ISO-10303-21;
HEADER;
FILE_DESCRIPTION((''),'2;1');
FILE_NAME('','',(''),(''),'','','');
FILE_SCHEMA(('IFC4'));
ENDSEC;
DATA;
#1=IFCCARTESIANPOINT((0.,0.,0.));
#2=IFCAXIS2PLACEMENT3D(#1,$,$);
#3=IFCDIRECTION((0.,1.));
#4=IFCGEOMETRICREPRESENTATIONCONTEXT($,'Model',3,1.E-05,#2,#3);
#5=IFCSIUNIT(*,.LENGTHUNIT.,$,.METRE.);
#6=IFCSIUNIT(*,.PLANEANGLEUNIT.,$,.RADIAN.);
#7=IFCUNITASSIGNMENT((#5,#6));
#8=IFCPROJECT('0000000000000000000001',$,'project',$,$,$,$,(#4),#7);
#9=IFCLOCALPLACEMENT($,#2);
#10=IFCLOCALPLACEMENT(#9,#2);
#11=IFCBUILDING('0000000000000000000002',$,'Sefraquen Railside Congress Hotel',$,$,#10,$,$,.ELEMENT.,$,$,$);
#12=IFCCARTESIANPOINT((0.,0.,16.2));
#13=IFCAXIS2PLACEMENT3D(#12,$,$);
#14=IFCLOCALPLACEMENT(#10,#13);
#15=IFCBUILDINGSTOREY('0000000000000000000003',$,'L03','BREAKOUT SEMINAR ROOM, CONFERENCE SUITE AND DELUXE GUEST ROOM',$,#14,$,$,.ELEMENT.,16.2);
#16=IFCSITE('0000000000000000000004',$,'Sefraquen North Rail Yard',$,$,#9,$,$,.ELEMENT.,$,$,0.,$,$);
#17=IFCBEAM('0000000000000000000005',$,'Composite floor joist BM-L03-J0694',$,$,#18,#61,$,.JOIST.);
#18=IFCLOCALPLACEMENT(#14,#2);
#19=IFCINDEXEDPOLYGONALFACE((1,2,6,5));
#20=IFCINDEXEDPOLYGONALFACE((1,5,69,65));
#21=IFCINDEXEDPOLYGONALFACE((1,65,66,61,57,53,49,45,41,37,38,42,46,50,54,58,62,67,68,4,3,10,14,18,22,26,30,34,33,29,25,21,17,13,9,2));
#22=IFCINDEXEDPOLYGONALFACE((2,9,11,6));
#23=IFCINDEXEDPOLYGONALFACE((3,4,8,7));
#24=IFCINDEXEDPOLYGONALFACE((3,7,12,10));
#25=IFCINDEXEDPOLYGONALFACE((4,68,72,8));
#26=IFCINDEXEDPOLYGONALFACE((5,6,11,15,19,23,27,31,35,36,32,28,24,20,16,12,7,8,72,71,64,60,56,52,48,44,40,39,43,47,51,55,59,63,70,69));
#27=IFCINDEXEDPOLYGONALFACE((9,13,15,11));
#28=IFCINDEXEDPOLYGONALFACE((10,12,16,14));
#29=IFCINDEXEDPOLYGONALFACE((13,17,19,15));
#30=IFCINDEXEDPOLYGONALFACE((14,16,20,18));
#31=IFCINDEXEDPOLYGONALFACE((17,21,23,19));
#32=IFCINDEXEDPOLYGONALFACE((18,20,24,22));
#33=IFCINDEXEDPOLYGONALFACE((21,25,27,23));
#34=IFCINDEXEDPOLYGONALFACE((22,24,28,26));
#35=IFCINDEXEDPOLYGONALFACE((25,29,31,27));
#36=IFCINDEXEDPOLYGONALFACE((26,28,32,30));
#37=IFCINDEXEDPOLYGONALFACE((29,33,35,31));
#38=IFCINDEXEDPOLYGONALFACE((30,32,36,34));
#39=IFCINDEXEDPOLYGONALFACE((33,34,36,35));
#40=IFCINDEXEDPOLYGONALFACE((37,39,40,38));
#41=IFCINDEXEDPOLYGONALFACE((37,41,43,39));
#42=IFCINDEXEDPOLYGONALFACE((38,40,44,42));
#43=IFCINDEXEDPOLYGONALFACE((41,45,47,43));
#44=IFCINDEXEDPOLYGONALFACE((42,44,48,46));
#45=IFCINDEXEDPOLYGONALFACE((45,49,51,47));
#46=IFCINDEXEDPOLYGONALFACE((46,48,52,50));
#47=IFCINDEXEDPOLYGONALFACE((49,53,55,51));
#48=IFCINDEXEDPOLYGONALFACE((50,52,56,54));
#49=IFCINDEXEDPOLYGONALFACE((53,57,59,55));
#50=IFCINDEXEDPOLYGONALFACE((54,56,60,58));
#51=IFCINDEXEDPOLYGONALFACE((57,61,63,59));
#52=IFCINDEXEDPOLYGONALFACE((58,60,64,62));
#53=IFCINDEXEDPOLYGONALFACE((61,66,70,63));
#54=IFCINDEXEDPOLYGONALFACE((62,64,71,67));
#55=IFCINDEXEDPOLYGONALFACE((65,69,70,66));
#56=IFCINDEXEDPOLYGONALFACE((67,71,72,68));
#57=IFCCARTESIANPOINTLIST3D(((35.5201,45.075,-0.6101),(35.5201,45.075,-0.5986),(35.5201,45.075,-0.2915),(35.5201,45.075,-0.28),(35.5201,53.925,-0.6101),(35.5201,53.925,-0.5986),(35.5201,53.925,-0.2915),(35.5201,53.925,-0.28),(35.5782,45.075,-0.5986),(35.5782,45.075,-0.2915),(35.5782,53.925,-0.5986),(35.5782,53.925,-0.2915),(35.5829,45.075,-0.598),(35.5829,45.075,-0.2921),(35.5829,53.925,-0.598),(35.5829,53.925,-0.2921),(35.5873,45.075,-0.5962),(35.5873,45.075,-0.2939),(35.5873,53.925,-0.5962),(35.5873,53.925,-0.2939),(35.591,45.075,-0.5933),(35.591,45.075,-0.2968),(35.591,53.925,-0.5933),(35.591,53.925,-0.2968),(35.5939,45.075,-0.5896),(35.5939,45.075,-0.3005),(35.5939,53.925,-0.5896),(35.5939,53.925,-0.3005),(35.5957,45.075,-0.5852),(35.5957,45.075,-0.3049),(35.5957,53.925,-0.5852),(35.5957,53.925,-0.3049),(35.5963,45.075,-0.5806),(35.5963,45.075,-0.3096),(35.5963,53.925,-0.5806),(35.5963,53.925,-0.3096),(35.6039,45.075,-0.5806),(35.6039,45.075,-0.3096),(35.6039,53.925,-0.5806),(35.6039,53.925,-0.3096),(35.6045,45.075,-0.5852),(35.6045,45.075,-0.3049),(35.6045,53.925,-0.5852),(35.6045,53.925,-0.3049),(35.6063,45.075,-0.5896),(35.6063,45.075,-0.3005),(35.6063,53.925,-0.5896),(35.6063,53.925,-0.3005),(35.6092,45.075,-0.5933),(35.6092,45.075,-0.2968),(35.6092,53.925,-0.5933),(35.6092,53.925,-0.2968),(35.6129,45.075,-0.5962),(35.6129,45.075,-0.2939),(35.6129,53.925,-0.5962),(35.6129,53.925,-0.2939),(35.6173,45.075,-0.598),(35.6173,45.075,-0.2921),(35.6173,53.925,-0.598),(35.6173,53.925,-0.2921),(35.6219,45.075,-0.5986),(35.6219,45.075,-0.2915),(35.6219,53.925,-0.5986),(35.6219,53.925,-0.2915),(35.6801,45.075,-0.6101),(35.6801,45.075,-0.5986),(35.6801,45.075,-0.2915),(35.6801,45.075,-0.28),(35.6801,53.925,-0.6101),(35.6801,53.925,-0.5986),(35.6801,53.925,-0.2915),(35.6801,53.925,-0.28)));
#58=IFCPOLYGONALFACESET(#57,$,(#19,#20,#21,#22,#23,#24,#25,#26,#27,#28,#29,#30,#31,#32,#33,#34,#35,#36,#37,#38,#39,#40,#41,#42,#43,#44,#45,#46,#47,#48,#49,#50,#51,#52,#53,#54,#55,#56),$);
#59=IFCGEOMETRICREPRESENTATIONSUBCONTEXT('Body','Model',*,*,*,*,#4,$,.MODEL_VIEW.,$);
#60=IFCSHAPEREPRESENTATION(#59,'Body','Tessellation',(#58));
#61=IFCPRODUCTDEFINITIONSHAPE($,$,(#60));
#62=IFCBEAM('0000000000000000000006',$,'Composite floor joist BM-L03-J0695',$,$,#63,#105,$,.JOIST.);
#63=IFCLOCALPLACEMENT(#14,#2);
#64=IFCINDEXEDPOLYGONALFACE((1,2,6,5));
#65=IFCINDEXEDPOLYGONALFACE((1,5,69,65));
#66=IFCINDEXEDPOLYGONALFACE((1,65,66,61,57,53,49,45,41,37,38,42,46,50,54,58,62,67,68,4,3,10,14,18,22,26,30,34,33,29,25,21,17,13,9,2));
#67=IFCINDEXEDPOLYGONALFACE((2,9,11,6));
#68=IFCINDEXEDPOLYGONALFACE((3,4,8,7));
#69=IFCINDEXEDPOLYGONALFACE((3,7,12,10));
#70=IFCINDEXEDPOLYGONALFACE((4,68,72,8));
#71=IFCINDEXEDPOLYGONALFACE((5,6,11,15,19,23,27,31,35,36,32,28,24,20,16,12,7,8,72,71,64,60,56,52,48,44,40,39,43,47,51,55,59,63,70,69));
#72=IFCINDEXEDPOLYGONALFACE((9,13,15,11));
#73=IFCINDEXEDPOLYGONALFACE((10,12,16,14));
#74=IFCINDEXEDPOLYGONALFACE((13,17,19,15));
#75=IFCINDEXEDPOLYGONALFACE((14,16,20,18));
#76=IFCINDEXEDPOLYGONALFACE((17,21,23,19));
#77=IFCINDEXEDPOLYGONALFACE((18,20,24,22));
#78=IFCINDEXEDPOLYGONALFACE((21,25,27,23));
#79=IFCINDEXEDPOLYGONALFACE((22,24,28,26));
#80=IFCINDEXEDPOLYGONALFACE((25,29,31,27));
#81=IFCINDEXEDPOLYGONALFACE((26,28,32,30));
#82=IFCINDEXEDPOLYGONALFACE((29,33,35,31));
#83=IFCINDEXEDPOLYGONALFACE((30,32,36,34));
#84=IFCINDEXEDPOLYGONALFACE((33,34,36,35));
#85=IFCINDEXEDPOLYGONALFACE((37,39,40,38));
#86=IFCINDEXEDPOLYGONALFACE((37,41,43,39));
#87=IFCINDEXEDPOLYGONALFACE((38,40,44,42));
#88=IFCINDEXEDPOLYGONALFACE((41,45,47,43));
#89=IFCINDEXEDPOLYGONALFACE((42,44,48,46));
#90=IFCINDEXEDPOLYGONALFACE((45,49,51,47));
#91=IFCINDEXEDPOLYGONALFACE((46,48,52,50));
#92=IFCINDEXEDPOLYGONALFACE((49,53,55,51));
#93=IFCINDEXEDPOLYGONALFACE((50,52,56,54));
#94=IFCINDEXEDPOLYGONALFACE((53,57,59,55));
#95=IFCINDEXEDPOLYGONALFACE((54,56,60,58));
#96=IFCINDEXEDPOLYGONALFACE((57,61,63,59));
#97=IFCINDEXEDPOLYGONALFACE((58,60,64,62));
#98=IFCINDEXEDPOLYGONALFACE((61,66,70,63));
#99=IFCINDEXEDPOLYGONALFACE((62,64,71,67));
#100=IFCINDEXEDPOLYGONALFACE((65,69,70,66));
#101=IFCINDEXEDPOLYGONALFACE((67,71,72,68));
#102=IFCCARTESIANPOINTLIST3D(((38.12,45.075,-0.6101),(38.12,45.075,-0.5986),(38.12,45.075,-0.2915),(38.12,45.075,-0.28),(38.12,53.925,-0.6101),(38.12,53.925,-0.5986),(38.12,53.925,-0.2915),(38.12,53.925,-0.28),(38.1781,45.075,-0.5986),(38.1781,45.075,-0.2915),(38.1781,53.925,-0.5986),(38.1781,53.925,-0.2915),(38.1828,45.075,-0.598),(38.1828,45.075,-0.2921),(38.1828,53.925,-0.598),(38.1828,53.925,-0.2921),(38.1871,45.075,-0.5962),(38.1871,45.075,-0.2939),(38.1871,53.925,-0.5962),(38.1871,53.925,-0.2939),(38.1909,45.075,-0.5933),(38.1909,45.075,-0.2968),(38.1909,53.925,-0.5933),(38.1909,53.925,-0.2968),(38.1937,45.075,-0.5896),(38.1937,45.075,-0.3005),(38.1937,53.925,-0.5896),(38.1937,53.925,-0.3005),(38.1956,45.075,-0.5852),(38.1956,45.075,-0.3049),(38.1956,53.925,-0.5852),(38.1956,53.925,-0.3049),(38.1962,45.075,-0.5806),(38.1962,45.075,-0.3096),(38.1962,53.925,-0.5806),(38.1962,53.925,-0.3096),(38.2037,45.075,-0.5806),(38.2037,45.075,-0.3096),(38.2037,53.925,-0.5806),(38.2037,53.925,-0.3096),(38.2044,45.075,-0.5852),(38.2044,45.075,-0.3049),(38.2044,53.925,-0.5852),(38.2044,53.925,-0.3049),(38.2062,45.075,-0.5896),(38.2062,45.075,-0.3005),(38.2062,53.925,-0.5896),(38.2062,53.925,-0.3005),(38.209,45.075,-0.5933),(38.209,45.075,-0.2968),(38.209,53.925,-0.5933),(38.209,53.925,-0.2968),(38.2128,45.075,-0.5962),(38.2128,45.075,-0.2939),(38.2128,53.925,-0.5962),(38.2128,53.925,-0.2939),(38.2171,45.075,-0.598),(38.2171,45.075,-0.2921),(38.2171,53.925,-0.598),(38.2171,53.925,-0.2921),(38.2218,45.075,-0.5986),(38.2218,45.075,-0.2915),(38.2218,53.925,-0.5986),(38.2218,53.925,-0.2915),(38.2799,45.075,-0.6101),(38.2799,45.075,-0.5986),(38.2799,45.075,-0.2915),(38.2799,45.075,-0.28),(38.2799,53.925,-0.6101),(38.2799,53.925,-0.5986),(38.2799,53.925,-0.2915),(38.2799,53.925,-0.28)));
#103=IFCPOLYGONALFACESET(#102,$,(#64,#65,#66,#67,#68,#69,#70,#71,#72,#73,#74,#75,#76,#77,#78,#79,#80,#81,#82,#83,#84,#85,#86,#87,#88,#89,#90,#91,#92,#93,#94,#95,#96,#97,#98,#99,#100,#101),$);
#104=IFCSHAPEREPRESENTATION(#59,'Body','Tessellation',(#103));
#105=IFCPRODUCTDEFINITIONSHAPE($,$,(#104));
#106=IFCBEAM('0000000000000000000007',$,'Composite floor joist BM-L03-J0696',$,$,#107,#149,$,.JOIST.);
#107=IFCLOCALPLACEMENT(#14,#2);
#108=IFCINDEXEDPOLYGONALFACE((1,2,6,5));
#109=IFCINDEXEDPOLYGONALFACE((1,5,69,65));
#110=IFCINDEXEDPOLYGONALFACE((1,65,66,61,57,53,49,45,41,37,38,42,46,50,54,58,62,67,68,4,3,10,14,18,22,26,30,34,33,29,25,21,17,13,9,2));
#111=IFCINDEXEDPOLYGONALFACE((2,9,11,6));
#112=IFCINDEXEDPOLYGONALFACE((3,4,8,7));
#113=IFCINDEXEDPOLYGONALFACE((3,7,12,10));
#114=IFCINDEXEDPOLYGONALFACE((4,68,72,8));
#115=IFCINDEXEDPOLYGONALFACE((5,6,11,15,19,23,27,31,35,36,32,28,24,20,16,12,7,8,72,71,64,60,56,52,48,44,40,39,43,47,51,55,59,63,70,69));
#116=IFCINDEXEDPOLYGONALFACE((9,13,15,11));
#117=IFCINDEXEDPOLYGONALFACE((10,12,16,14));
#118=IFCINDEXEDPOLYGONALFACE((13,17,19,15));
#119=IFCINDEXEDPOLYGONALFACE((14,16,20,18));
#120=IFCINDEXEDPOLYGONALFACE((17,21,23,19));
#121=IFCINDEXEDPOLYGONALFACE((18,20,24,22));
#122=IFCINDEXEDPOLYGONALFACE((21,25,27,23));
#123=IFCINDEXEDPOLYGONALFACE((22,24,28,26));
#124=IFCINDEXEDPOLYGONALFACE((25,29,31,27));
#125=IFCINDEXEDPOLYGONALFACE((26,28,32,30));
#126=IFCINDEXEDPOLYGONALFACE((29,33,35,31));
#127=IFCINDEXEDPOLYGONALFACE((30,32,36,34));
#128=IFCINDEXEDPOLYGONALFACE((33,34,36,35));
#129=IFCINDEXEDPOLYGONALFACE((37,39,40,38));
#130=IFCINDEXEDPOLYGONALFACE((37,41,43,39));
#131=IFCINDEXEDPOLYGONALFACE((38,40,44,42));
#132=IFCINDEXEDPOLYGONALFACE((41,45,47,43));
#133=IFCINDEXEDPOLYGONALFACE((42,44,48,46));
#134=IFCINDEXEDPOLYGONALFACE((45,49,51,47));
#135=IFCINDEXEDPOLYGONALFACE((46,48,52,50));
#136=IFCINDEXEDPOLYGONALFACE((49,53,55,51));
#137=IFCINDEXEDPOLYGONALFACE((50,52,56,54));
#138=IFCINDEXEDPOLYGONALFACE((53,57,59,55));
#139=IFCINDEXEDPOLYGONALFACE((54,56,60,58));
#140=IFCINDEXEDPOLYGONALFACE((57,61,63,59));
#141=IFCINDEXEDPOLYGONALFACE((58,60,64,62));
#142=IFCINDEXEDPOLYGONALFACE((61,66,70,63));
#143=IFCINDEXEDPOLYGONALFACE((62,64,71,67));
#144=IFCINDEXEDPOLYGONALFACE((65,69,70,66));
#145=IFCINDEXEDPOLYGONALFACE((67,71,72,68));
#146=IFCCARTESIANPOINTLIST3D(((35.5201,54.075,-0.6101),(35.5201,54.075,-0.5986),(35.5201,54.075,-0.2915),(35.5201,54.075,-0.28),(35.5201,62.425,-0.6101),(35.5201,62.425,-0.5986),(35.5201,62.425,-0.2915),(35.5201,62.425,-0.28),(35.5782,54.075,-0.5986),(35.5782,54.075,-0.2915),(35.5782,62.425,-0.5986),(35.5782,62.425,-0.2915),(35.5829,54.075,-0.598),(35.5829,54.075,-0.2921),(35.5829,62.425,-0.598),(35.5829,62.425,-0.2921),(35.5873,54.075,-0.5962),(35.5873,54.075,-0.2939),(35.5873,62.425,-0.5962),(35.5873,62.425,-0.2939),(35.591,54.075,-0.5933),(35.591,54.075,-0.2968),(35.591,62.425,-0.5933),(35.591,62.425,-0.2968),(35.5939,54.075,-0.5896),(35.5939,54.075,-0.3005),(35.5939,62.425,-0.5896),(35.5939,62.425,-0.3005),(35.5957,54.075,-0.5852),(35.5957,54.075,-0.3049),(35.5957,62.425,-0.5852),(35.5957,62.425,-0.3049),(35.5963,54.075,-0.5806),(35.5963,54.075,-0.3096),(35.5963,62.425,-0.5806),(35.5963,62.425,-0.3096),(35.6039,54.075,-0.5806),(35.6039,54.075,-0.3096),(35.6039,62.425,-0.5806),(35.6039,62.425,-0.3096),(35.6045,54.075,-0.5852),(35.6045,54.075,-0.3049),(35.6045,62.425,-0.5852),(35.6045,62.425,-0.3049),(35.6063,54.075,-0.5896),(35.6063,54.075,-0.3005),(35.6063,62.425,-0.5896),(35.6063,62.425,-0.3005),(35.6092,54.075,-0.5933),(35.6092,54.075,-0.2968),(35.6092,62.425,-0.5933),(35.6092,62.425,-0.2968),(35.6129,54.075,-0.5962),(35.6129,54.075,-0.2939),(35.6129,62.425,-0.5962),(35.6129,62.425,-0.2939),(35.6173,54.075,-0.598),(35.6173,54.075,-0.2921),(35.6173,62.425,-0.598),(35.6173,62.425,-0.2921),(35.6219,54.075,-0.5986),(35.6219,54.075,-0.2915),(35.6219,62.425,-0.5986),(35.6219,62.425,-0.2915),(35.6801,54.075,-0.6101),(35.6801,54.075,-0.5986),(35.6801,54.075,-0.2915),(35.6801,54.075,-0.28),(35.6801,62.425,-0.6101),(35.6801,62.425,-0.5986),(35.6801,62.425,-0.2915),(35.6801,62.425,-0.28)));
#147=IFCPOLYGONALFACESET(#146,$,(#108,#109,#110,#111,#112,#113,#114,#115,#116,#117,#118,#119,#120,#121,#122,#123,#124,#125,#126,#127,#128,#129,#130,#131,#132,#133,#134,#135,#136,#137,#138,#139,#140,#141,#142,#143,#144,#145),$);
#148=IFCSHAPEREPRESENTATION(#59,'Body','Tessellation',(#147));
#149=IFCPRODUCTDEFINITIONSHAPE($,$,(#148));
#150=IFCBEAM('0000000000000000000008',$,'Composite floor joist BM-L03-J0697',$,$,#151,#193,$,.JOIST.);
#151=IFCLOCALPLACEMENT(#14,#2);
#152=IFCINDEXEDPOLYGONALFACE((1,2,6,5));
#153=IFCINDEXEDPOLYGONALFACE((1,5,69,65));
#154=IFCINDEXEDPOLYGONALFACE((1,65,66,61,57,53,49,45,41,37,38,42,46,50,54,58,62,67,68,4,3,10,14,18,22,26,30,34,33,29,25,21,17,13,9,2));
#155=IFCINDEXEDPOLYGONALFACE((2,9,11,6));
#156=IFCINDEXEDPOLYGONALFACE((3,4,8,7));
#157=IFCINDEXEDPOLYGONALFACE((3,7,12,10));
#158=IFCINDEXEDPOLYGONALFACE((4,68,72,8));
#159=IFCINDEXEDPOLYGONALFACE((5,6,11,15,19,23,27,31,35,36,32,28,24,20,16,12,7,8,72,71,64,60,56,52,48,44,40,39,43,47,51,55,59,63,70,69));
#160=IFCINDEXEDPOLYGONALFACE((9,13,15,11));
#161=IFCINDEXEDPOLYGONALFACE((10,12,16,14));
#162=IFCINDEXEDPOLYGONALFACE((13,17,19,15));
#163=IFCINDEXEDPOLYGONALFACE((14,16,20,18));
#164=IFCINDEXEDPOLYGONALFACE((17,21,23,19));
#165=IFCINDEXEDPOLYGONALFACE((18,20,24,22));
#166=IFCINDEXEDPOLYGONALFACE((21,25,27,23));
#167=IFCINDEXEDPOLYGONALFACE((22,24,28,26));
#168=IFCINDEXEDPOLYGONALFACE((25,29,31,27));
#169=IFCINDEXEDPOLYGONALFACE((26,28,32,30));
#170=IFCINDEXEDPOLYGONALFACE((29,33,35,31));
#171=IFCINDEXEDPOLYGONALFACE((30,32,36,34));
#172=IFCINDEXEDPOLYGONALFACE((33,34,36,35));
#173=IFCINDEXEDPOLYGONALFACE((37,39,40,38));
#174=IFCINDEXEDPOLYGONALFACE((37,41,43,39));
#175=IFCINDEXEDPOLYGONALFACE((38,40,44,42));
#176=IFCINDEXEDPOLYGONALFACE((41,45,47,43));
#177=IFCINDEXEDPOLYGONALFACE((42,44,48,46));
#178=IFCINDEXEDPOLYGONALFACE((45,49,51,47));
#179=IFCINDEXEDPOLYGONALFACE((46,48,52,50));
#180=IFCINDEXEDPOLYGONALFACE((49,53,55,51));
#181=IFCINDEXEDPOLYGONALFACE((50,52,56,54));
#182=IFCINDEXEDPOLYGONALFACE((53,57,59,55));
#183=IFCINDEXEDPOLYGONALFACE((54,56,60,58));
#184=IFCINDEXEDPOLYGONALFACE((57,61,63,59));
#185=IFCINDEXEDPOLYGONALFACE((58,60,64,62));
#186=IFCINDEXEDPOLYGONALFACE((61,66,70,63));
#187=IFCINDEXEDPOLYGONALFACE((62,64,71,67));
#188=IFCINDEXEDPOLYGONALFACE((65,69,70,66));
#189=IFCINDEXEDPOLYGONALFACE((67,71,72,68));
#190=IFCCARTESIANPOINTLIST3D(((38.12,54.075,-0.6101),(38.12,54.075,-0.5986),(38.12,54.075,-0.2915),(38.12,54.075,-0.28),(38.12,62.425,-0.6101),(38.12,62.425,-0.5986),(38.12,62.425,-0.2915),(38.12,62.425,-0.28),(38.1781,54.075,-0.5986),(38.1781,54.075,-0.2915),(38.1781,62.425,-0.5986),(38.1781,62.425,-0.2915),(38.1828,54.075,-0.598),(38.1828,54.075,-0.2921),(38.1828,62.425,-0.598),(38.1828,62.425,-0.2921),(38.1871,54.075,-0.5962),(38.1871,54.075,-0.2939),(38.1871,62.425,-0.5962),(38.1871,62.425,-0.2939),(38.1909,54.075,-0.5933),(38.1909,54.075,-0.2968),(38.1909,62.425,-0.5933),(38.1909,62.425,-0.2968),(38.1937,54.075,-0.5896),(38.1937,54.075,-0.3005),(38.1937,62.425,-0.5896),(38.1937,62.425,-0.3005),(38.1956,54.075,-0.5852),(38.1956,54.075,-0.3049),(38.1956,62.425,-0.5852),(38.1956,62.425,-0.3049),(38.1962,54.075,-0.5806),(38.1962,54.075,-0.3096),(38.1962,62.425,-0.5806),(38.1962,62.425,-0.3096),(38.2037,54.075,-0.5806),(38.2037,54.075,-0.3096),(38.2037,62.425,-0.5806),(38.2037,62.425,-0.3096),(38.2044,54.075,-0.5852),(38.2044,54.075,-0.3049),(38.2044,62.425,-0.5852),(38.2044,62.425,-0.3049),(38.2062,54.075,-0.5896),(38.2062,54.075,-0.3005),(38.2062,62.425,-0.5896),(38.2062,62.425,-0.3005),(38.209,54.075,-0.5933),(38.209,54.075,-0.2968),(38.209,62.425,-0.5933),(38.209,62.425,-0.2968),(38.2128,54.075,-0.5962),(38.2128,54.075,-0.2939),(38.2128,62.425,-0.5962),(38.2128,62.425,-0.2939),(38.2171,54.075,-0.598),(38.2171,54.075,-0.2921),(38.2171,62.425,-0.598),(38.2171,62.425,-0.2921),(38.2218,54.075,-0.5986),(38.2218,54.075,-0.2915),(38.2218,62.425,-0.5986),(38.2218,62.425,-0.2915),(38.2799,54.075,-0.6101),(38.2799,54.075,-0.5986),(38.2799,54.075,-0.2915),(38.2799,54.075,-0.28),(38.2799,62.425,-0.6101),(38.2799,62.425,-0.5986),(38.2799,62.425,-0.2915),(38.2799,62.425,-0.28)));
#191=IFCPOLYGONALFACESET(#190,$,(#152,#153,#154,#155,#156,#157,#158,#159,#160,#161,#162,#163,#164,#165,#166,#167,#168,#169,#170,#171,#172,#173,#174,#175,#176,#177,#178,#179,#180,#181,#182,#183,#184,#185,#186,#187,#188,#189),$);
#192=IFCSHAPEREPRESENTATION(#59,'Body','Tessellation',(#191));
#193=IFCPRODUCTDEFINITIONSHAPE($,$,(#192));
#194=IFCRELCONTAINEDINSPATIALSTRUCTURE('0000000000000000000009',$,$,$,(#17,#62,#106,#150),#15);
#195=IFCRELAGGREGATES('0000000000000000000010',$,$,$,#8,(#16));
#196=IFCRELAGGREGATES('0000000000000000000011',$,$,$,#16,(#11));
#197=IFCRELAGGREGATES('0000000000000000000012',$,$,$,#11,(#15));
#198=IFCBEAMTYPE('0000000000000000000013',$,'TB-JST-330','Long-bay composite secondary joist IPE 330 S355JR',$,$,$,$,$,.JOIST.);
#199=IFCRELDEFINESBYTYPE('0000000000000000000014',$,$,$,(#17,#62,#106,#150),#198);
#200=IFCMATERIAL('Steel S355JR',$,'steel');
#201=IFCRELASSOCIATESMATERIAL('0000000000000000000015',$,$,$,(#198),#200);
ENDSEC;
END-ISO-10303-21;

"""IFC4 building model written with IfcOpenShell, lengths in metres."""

from ifc_helpers import new_model, si_unit, direction, frame, origin, origin_2d, place, context, subcontext, project, spatial, i_section, extrude, material, material_profile, profile_set, type_object, element, save


model = new_model("IFC4")

# Units and contexts
model_context = context("Model", 3, precision=1e-05, world=origin(), true_north=direction((0.0, 1.0)))
body_context = subcontext(model_context, "Body", "Model", "MODEL_VIEW")
ifc_project = project(units=[si_unit("LENGTHUNIT", "METRE"), si_unit("PLANEANGLEUNIT", "RADIAN")], contexts=[model_context])

# Site, building, storey
site_placement = place(None, origin())
site = spatial("IfcSite", under=ifc_project, at=site_placement, Name="Sefraquen North Rail Yard", CompositionType="ELEMENT", RefElevation=0.0)
building_placement = place(site_placement, origin())
building = spatial("IfcBuilding", under=site, at=building_placement, Name="Sefraquen Railside Congress Hotel", CompositionType="ELEMENT")
storey_placement = place(building_placement, frame((0.0, 0.0, 16.2)))
storey = spatial("IfcBuildingStorey", under=building, at=storey_placement, Name="L03", Description="BREAKOUT SEMINAR ROOM, CONFERENCE SUITE AND DELUXE GUEST ROOM", CompositionType="ELEMENT", Elevation=16.2)

# Beams
ifc_material_1 = material(Name="Steel S355JR", Category="steel")
ifc_material_profile_1 = material_profile(ifc_material_1, i_section(OverallWidth=0.1599, OverallDepth=0.3301, WebThickness=0.0076, FlangeThickness=0.0115, FilletRadius=0.0181, at=origin_2d()), Name="IPE 330")
ifc_profile_set_1 = profile_set([ifc_material_profile_1], Name="Steel S355JR")
beam_type_1 = type_object("IfcBeamType", Name="TB-JST-330", Description="Long-bay composite secondary joist IPE 330 S355JR", PredefinedType="JOIST", material=ifc_profile_set_1)
for number, where, z_axis, x_axis, name in (
    (1, (35.6001, 45.075, -0.4451), (0.0, 1.0, 0.0), (-1.0, 0.0, 0.0), "Composite floor joist BM-L03-J0694"),
    (2, (38.2, 45.075, -0.4451), (0.0, 1.0, 0.0), (-1.0, 0.0, 0.0), "Composite floor joist BM-L03-J0695"),
):
    element("IfcBeam", number, at=place(storey_placement, frame(where, z_axis=z_axis, x_axis=x_axis)), inside=storey, type_object=beam_type_1, Name=name, PredefinedType="JOIST", context=body_context, shape_type="SweptSolid", body=[
        extrude(i_section(OverallWidth=0.1599, OverallDepth=0.3301, WebThickness=0.0076, FlangeThickness=0.0115, FilletRadius=0.0181, at=origin_2d()), origin(), (0.0, 0.0, 1.0), 8.8501),
    ])
for number, where, z_axis, x_axis, name in (
    (3, (35.6001, 54.075, -0.4451), (0.0, 1.0, 0.0), (-1.0, 0.0, 0.0), "Composite floor joist BM-L03-J0696"),
    (4, (38.2, 54.075, -0.4451), (0.0, 1.0, 0.0), (-1.0, 0.0, 0.0), "Composite floor joist BM-L03-J0697"),
):
    element("IfcBeam", number, at=place(storey_placement, frame(where, z_axis=z_axis, x_axis=x_axis)), inside=storey, type_object=beam_type_1, Name=name, PredefinedType="JOIST", context=body_context, shape_type="SweptSolid", body=[
        extrude(i_section(OverallWidth=0.1599, OverallDepth=0.3301, WebThickness=0.0076, FlangeThickness=0.0115, FilletRadius=0.0181, at=origin_2d()), origin(), (0.0, 0.0, 1.0), 8.3501),
    ])

save(model, "model.ifc")
